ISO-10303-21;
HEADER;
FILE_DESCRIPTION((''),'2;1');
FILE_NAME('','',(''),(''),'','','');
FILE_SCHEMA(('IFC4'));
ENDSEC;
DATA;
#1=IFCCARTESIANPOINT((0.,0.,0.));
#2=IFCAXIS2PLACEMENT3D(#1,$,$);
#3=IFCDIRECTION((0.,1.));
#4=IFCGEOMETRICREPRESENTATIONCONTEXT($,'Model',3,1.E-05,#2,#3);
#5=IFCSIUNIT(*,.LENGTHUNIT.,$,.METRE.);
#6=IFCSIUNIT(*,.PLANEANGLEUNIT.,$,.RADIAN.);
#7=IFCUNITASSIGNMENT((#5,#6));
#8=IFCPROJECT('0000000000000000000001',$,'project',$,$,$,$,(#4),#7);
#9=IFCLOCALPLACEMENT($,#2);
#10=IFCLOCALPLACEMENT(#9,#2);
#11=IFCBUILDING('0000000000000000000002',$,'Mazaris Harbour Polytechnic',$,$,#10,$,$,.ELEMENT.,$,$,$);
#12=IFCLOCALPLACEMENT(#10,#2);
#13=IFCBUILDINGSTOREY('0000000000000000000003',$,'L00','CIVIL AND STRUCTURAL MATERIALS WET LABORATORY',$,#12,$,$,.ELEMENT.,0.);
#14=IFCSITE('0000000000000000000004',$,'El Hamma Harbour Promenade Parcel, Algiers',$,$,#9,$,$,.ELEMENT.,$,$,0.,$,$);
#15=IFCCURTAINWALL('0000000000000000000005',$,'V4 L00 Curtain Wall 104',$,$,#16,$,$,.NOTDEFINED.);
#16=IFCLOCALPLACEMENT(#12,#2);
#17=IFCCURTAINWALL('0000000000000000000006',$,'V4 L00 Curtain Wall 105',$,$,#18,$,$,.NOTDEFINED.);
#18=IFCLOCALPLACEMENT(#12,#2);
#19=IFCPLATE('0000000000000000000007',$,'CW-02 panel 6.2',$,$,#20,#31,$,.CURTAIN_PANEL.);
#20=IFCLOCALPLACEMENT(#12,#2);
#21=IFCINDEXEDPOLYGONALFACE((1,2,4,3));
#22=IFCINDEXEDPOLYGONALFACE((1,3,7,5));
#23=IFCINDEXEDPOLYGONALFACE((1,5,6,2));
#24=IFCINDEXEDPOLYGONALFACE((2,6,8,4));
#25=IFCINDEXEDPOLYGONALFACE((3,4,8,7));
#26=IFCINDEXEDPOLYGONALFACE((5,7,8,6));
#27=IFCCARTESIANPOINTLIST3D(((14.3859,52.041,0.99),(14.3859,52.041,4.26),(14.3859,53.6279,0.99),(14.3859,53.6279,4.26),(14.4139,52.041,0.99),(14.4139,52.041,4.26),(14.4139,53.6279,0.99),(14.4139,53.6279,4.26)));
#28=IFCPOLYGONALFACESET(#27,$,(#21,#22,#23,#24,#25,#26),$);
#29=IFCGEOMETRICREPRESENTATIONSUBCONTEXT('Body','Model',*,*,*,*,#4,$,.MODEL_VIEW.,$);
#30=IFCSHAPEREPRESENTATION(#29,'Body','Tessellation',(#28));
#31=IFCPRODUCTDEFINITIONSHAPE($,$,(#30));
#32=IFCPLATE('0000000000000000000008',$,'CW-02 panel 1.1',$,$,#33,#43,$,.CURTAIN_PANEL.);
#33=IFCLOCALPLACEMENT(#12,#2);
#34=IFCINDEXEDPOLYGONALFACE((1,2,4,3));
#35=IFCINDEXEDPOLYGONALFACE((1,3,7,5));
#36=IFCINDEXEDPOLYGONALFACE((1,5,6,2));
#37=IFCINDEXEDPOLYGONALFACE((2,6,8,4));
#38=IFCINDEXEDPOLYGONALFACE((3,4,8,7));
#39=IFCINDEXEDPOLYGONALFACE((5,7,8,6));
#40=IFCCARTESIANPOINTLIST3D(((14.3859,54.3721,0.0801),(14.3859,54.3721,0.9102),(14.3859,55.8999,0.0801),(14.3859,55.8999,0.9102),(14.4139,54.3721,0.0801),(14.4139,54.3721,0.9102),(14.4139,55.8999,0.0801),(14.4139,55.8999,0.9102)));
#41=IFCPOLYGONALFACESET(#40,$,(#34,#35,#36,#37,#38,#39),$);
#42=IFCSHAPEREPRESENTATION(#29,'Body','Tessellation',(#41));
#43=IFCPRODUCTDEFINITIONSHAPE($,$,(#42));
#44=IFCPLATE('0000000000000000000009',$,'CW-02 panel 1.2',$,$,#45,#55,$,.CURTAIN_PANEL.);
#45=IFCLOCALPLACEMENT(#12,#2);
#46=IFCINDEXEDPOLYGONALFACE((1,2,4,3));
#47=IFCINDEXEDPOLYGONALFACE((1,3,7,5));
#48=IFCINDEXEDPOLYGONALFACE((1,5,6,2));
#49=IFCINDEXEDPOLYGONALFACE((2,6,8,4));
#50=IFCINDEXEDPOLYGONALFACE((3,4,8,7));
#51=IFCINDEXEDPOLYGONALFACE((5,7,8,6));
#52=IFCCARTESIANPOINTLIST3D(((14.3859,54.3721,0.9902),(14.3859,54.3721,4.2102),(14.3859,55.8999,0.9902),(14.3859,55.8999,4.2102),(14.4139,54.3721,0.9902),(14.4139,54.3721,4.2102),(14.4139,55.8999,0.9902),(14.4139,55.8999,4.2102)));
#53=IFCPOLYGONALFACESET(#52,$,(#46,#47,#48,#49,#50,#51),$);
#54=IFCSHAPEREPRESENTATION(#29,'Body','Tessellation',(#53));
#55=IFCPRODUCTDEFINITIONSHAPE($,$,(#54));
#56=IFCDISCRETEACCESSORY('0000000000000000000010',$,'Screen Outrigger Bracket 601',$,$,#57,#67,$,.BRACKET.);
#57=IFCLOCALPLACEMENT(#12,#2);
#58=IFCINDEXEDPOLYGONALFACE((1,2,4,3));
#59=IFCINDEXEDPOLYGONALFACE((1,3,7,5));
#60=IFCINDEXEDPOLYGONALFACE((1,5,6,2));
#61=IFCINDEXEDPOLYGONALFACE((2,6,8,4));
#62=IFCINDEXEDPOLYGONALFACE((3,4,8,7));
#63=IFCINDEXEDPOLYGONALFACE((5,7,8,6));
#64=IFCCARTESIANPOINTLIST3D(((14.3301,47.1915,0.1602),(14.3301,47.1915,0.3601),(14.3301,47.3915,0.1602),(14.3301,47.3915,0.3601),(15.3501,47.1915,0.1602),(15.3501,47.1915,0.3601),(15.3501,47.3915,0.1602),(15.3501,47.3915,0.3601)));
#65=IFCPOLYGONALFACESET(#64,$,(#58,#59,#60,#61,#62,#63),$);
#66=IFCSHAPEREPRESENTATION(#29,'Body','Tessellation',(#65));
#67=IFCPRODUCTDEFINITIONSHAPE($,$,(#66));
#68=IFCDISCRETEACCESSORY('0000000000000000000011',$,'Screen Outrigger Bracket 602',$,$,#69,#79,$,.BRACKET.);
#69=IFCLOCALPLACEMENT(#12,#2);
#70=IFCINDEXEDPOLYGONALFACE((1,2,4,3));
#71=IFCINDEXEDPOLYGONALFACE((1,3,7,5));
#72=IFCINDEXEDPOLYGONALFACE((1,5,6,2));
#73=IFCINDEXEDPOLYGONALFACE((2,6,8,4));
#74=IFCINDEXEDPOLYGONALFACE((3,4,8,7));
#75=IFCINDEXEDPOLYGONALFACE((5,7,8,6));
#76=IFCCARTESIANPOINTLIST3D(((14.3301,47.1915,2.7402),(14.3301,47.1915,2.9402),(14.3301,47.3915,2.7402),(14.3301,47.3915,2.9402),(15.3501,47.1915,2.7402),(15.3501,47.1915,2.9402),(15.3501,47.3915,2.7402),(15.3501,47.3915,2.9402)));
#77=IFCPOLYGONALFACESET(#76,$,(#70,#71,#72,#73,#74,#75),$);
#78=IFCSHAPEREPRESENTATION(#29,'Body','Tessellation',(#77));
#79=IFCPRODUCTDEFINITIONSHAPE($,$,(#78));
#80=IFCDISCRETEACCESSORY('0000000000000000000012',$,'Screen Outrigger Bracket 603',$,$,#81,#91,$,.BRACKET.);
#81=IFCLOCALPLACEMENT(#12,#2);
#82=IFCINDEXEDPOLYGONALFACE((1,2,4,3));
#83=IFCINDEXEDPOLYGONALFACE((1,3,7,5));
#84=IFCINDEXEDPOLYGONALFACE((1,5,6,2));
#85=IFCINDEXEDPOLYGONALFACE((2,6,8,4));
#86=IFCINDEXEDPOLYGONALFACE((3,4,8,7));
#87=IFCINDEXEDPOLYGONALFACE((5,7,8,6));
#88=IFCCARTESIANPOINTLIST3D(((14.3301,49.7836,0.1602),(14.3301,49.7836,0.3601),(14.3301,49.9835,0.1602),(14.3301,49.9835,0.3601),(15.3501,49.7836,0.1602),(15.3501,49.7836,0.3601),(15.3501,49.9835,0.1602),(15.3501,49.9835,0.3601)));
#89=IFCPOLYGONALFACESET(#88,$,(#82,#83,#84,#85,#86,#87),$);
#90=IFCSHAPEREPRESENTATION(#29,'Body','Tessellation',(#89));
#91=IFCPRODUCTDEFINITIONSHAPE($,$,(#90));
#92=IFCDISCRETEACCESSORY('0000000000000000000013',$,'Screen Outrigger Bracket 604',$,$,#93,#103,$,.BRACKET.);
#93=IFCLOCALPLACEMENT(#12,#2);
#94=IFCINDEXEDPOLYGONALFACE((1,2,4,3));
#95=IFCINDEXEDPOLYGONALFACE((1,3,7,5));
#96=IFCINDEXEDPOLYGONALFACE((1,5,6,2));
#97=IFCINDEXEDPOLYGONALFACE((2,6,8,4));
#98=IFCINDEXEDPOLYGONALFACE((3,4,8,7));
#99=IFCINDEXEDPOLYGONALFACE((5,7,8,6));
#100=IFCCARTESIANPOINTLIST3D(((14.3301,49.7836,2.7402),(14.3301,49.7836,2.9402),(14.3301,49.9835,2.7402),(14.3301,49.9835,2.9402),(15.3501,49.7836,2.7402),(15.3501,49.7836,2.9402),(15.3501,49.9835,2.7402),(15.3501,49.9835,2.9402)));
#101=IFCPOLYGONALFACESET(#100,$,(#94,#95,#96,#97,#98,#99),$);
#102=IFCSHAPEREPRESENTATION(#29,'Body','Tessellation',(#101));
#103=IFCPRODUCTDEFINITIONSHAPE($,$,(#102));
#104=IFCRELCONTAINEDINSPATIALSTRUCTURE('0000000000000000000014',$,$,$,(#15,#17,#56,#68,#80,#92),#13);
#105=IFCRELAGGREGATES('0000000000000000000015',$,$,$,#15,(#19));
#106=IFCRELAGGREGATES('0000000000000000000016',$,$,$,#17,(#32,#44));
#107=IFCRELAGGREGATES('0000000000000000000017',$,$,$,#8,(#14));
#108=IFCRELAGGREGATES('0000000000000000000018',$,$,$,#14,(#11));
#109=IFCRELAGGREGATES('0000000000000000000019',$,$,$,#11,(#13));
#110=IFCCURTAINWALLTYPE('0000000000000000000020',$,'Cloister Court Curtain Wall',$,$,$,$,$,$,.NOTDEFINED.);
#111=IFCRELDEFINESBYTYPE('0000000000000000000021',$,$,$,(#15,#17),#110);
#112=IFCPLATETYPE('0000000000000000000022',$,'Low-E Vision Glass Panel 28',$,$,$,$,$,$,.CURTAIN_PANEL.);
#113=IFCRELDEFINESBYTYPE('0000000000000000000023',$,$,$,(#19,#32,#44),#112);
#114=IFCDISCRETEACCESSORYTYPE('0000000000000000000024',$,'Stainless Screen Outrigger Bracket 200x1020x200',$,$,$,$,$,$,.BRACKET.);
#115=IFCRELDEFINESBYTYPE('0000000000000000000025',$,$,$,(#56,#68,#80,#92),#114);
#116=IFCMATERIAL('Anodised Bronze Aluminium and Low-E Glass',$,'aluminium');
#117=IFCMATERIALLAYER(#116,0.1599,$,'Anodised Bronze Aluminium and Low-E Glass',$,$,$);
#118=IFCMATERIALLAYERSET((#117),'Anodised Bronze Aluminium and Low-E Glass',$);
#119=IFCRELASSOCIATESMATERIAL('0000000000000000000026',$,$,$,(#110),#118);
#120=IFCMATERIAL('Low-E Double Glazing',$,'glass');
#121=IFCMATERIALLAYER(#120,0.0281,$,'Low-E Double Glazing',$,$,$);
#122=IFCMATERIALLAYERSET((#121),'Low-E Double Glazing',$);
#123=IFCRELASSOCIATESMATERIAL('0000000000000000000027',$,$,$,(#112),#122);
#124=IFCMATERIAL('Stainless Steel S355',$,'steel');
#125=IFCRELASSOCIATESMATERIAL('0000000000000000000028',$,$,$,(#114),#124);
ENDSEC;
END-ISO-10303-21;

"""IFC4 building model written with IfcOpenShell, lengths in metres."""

from ifc_helpers import new_model, si_unit, direction, frame, origin, origin_2d, place, context, subcontext, project, spatial, rectangle, extrude, material, layer, layer_set, type_object, element, aggregate, save


model = new_model("IFC4")

# Units and contexts
model_context = context("Model", 3, precision=1e-05, world=origin(), true_north=direction((0.0, 1.0)))
body_context = subcontext(model_context, "Body", "Model", "MODEL_VIEW")
ifc_project = project(units=[si_unit("LENGTHUNIT", "METRE"), si_unit("PLANEANGLEUNIT", "RADIAN")], contexts=[model_context])

# Site, building, storey
site_placement = place(None, origin())
site = spatial("IfcSite", under=ifc_project, at=site_placement, Name="El Hamma Harbour Promenade Parcel, Algiers", CompositionType="ELEMENT", RefElevation=0.0)
building_placement = place(site_placement, origin())
building = spatial("IfcBuilding", under=site, at=building_placement, Name="Mazaris Harbour Polytechnic", CompositionType="ELEMENT")
storey_placement = place(building_placement, origin())
storey = spatial("IfcBuildingStorey", under=building, at=storey_placement, Name="L00", Description="CIVIL AND STRUCTURAL MATERIALS WET LABORATORY", CompositionType="ELEMENT", Elevation=0.0)

# Curtain walls
ifc_material_1 = material(Name="Anodised Bronze Aluminium and Low-E Glass", Category="aluminium")
ifc_layer_1 = layer(ifc_material_1, 0.1599, Name="Anodised Bronze Aluminium and Low-E Glass")
ifc_layer_set_1 = layer_set([ifc_layer_1], Name="Anodised Bronze Aluminium and Low-E Glass")
curtain_wall_type = type_object("IfcCurtainWallType", Name="Cloister Court Curtain Wall", PredefinedType="NOTDEFINED", material=ifc_layer_set_1)
curtain_wall_1_placement = place(storey_placement, origin())
curtain_wall_1 = element("IfcCurtainWall", 1, at=curtain_wall_1_placement, inside=storey, type_object=curtain_wall_type, Name="V4 L00 Curtain Wall 104", PredefinedType="NOTDEFINED")
curtain_wall_2_placement = place(storey_placement, origin())
curtain_wall_2 = element("IfcCurtainWall", 2, at=curtain_wall_2_placement, inside=storey, type_object=curtain_wall_type, Name="V4 L00 Curtain Wall 105", PredefinedType="NOTDEFINED")

# Plates
ifc_material_2 = material(Name="Low-E Double Glazing", Category="glass")
ifc_layer_2 = layer(ifc_material_2, 0.0281, Name="Low-E Double Glazing")
ifc_layer_set_2 = layer_set([ifc_layer_2], Name="Low-E Double Glazing")
plate_type = type_object("IfcPlateType", Name="Low-E Vision Glass Panel 28", PredefinedType="CURTAIN_PANEL", material=ifc_layer_set_2)
plate_1_placement = place(storey_placement, frame((14.3999, 52.8345, 0.99), z_axis=(0.0, 0.0, 1.0), x_axis=(0.0, 1.0, 0.0)))
plate_1 = element("IfcPlate", 3, at=plate_1_placement, type_object=plate_type, Name="CW-02 panel 6.2", PredefinedType="CURTAIN_PANEL", context=body_context, shape_type="SweptSolid", body=[
    extrude(rectangle(XDim=1.5869, YDim=0.0281, at=origin_2d()), origin(), (0.0, 0.0, 1.0), 3.27),
])
aggregate(curtain_wall_1, [plate_1])
plate_2_placement = place(storey_placement, frame((14.3999, 55.136, 0.0801), z_axis=(0.0, 0.0, 1.0), x_axis=(0.0, 1.0, 0.0)))
plate_2 = element("IfcPlate", 4, at=plate_2_placement, type_object=plate_type, Name="CW-02 panel 1.1", PredefinedType="CURTAIN_PANEL", context=body_context, shape_type="SweptSolid", body=[
    extrude(rectangle(XDim=1.5278, YDim=0.0281, at=origin_2d()), origin(), (0.0, 0.0, 1.0), 0.8301),
])
plate_3_placement = place(storey_placement, frame((14.3999, 55.136, 0.9902), z_axis=(0.0, 0.0, 1.0), x_axis=(0.0, 1.0, 0.0)))
plate_3 = element("IfcPlate", 5, at=plate_3_placement, type_object=plate_type, Name="CW-02 panel 1.2", PredefinedType="CURTAIN_PANEL", context=body_context, shape_type="SweptSolid", body=[
    extrude(rectangle(XDim=1.5278, YDim=0.0281, at=origin_2d()), origin(), (0.0, 0.0, 1.0), 3.22),
])
aggregate(curtain_wall_2, [plate_2, plate_3])

# Discrete accessories
ifc_material_3 = material(Name="Stainless Steel S355", Category="steel")
discrete_accessory_type = type_object("IfcDiscreteAccessoryType", Name="Stainless Screen Outrigger Bracket 200x1020x200", PredefinedType="BRACKET", material=ifc_material_3)
for number, where, z_axis, x_axis, name in (
    (6, (14.8401, 47.2915, 0.1602), (0.0, 0.0, 1.0), (0.0, 1.0, 0.0), "Screen Outrigger Bracket 601"),
    (7, (14.8401, 47.2915, 2.7402), (0.0, 0.0, 1.0), (0.0, 1.0, 0.0), "Screen Outrigger Bracket 602"),
    (8, (14.8401, 49.8835, 0.1602), (0.0, 0.0, 1.0), (0.0, 1.0, 0.0), "Screen Outrigger Bracket 603"),
    (9, (14.8401, 49.8835, 2.7402), (0.0, 0.0, 1.0), (0.0, 1.0, 0.0), "Screen Outrigger Bracket 604"),
):
    element("IfcDiscreteAccessory", number, at=place(storey_placement, frame(where, z_axis=z_axis, x_axis=x_axis)), inside=storey, type_object=discrete_accessory_type, Name=name, PredefinedType="BRACKET", context=body_context, shape_type="SweptSolid", body=[
        extrude(rectangle(XDim=0.2, YDim=1.02, at=origin_2d()), origin(), (0.0, 0.0, 1.0), 0.2),
    ])

save(model, "model.ifc")
